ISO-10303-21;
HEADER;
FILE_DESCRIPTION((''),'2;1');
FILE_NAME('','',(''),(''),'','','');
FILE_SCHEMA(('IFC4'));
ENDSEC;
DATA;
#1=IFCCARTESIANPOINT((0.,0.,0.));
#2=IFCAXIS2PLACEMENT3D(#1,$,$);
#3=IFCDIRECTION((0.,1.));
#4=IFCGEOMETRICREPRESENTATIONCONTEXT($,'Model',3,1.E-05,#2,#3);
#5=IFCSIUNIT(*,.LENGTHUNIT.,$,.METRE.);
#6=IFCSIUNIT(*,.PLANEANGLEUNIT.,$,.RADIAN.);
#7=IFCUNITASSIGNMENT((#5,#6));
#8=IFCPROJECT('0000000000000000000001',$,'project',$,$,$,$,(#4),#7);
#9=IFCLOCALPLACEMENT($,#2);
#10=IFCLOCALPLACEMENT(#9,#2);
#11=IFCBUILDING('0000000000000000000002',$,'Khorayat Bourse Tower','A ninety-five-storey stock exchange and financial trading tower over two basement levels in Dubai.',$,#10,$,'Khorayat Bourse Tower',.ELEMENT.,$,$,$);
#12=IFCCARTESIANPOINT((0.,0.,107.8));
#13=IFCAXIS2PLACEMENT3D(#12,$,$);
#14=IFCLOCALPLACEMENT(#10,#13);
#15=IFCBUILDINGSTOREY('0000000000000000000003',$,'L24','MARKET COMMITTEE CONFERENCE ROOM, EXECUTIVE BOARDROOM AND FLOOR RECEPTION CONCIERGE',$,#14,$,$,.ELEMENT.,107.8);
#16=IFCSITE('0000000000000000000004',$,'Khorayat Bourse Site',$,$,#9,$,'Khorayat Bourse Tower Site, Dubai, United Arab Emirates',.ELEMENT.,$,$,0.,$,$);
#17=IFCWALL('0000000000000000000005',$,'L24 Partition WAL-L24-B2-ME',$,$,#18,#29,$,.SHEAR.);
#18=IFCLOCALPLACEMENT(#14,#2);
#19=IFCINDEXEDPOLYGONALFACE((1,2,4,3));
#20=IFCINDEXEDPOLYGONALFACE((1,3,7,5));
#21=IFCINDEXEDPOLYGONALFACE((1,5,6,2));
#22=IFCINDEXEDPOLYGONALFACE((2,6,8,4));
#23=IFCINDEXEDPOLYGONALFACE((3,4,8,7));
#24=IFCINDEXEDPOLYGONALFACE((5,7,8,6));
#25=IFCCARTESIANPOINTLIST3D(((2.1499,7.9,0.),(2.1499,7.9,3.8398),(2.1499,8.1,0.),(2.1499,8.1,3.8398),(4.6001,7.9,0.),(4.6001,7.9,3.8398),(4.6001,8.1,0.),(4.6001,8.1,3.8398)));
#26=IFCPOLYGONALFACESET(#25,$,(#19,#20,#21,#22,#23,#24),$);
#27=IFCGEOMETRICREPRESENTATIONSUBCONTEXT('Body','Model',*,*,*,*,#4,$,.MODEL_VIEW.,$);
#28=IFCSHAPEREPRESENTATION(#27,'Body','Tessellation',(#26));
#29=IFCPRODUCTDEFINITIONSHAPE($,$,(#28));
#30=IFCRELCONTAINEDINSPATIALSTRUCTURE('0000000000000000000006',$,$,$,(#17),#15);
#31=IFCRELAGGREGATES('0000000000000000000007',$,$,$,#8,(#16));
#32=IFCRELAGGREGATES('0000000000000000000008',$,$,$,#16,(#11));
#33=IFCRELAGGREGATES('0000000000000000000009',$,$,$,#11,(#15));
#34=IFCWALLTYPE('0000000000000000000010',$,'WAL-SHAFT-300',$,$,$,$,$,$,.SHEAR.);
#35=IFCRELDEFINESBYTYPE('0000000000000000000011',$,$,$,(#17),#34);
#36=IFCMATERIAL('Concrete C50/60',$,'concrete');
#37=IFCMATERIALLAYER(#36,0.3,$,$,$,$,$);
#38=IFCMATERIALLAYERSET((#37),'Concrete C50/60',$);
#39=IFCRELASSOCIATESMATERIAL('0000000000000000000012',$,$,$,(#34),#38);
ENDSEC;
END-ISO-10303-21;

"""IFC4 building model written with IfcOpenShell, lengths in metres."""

from ifc_helpers import new_model, si_unit, direction, frame, frame_2d, origin, place, context, subcontext, project, spatial, rectangle, extrude, source, transform, mapped, material, layer, layer_set, type_object, element, save


model = new_model("IFC4")

# Units and contexts
model_context = context("Model", 3, precision=1e-05, world=origin(), true_north=direction((0.0, 1.0)))
body_context = subcontext(model_context, "Body", "Model", "MODEL_VIEW")
ifc_project = project(units=[si_unit("LENGTHUNIT", "METRE"), si_unit("PLANEANGLEUNIT", "RADIAN")], contexts=[model_context])

# Site, building, storey
site_placement = place(None, origin())
site = spatial("IfcSite", under=ifc_project, at=site_placement, Name="Khorayat Bourse Site", LongName="Khorayat Bourse Tower Site, Dubai, United Arab Emirates", CompositionType="ELEMENT", RefElevation=0.0)
building_placement = place(site_placement, origin())
building = spatial("IfcBuilding", under=site, at=building_placement, Name="Khorayat Bourse Tower", Description="A ninety-five-storey stock exchange and financial trading tower over two basement levels in Dubai.", LongName="Khorayat Bourse Tower", CompositionType="ELEMENT")
storey_placement = place(building_placement, frame((0.0, 0.0, 107.8)))
storey = spatial("IfcBuildingStorey", under=building, at=storey_placement, Name="L24", Description="MARKET COMMITTEE CONFERENCE ROOM, EXECUTIVE BOARDROOM AND FLOOR RECEPTION CONCIERGE", CompositionType="ELEMENT", Elevation=107.8)

# Shared definitions
ifc_material_1 = material(Name="Concrete C50/60", Category="concrete")
ifc_layer_1 = layer(ifc_material_1, 0.3)
ifc_layer_set_1 = layer_set([ifc_layer_1], Name="Concrete C50/60")
wall_type_1 = type_object("IfcWallType", Name="WAL-SHAFT-300", PredefinedType="SHEAR", material=ifc_layer_set_1)

# Wall
shared_shape_1 = source(origin(), body_context, "Body", "SweptSolid", [
    extrude(rectangle(XDim=2.4502, YDim=0.2, at=frame_2d((1.2251, 0.0))), origin(), (0.0, 0.0, 1.0), 3.8398),
])
wall_1_placement = place(storey_placement, frame((2.1499, 8.0, 0.0), z_axis=(0.0, 0.0, 1.0), x_axis=(1.0, 0.0, 0.0)))
element("IfcWall", 1, at=wall_1_placement, inside=storey, type_object=wall_type_1, Name="L24 Partition WAL-L24-B2-ME", PredefinedType="SHEAR", context=body_context, shape_type="MappedRepresentation", body=[
    mapped(shared_shape_1, transform((0.0, 0.0, 0.0), scale=1.0)),
])

save(model, "model.ifc")
